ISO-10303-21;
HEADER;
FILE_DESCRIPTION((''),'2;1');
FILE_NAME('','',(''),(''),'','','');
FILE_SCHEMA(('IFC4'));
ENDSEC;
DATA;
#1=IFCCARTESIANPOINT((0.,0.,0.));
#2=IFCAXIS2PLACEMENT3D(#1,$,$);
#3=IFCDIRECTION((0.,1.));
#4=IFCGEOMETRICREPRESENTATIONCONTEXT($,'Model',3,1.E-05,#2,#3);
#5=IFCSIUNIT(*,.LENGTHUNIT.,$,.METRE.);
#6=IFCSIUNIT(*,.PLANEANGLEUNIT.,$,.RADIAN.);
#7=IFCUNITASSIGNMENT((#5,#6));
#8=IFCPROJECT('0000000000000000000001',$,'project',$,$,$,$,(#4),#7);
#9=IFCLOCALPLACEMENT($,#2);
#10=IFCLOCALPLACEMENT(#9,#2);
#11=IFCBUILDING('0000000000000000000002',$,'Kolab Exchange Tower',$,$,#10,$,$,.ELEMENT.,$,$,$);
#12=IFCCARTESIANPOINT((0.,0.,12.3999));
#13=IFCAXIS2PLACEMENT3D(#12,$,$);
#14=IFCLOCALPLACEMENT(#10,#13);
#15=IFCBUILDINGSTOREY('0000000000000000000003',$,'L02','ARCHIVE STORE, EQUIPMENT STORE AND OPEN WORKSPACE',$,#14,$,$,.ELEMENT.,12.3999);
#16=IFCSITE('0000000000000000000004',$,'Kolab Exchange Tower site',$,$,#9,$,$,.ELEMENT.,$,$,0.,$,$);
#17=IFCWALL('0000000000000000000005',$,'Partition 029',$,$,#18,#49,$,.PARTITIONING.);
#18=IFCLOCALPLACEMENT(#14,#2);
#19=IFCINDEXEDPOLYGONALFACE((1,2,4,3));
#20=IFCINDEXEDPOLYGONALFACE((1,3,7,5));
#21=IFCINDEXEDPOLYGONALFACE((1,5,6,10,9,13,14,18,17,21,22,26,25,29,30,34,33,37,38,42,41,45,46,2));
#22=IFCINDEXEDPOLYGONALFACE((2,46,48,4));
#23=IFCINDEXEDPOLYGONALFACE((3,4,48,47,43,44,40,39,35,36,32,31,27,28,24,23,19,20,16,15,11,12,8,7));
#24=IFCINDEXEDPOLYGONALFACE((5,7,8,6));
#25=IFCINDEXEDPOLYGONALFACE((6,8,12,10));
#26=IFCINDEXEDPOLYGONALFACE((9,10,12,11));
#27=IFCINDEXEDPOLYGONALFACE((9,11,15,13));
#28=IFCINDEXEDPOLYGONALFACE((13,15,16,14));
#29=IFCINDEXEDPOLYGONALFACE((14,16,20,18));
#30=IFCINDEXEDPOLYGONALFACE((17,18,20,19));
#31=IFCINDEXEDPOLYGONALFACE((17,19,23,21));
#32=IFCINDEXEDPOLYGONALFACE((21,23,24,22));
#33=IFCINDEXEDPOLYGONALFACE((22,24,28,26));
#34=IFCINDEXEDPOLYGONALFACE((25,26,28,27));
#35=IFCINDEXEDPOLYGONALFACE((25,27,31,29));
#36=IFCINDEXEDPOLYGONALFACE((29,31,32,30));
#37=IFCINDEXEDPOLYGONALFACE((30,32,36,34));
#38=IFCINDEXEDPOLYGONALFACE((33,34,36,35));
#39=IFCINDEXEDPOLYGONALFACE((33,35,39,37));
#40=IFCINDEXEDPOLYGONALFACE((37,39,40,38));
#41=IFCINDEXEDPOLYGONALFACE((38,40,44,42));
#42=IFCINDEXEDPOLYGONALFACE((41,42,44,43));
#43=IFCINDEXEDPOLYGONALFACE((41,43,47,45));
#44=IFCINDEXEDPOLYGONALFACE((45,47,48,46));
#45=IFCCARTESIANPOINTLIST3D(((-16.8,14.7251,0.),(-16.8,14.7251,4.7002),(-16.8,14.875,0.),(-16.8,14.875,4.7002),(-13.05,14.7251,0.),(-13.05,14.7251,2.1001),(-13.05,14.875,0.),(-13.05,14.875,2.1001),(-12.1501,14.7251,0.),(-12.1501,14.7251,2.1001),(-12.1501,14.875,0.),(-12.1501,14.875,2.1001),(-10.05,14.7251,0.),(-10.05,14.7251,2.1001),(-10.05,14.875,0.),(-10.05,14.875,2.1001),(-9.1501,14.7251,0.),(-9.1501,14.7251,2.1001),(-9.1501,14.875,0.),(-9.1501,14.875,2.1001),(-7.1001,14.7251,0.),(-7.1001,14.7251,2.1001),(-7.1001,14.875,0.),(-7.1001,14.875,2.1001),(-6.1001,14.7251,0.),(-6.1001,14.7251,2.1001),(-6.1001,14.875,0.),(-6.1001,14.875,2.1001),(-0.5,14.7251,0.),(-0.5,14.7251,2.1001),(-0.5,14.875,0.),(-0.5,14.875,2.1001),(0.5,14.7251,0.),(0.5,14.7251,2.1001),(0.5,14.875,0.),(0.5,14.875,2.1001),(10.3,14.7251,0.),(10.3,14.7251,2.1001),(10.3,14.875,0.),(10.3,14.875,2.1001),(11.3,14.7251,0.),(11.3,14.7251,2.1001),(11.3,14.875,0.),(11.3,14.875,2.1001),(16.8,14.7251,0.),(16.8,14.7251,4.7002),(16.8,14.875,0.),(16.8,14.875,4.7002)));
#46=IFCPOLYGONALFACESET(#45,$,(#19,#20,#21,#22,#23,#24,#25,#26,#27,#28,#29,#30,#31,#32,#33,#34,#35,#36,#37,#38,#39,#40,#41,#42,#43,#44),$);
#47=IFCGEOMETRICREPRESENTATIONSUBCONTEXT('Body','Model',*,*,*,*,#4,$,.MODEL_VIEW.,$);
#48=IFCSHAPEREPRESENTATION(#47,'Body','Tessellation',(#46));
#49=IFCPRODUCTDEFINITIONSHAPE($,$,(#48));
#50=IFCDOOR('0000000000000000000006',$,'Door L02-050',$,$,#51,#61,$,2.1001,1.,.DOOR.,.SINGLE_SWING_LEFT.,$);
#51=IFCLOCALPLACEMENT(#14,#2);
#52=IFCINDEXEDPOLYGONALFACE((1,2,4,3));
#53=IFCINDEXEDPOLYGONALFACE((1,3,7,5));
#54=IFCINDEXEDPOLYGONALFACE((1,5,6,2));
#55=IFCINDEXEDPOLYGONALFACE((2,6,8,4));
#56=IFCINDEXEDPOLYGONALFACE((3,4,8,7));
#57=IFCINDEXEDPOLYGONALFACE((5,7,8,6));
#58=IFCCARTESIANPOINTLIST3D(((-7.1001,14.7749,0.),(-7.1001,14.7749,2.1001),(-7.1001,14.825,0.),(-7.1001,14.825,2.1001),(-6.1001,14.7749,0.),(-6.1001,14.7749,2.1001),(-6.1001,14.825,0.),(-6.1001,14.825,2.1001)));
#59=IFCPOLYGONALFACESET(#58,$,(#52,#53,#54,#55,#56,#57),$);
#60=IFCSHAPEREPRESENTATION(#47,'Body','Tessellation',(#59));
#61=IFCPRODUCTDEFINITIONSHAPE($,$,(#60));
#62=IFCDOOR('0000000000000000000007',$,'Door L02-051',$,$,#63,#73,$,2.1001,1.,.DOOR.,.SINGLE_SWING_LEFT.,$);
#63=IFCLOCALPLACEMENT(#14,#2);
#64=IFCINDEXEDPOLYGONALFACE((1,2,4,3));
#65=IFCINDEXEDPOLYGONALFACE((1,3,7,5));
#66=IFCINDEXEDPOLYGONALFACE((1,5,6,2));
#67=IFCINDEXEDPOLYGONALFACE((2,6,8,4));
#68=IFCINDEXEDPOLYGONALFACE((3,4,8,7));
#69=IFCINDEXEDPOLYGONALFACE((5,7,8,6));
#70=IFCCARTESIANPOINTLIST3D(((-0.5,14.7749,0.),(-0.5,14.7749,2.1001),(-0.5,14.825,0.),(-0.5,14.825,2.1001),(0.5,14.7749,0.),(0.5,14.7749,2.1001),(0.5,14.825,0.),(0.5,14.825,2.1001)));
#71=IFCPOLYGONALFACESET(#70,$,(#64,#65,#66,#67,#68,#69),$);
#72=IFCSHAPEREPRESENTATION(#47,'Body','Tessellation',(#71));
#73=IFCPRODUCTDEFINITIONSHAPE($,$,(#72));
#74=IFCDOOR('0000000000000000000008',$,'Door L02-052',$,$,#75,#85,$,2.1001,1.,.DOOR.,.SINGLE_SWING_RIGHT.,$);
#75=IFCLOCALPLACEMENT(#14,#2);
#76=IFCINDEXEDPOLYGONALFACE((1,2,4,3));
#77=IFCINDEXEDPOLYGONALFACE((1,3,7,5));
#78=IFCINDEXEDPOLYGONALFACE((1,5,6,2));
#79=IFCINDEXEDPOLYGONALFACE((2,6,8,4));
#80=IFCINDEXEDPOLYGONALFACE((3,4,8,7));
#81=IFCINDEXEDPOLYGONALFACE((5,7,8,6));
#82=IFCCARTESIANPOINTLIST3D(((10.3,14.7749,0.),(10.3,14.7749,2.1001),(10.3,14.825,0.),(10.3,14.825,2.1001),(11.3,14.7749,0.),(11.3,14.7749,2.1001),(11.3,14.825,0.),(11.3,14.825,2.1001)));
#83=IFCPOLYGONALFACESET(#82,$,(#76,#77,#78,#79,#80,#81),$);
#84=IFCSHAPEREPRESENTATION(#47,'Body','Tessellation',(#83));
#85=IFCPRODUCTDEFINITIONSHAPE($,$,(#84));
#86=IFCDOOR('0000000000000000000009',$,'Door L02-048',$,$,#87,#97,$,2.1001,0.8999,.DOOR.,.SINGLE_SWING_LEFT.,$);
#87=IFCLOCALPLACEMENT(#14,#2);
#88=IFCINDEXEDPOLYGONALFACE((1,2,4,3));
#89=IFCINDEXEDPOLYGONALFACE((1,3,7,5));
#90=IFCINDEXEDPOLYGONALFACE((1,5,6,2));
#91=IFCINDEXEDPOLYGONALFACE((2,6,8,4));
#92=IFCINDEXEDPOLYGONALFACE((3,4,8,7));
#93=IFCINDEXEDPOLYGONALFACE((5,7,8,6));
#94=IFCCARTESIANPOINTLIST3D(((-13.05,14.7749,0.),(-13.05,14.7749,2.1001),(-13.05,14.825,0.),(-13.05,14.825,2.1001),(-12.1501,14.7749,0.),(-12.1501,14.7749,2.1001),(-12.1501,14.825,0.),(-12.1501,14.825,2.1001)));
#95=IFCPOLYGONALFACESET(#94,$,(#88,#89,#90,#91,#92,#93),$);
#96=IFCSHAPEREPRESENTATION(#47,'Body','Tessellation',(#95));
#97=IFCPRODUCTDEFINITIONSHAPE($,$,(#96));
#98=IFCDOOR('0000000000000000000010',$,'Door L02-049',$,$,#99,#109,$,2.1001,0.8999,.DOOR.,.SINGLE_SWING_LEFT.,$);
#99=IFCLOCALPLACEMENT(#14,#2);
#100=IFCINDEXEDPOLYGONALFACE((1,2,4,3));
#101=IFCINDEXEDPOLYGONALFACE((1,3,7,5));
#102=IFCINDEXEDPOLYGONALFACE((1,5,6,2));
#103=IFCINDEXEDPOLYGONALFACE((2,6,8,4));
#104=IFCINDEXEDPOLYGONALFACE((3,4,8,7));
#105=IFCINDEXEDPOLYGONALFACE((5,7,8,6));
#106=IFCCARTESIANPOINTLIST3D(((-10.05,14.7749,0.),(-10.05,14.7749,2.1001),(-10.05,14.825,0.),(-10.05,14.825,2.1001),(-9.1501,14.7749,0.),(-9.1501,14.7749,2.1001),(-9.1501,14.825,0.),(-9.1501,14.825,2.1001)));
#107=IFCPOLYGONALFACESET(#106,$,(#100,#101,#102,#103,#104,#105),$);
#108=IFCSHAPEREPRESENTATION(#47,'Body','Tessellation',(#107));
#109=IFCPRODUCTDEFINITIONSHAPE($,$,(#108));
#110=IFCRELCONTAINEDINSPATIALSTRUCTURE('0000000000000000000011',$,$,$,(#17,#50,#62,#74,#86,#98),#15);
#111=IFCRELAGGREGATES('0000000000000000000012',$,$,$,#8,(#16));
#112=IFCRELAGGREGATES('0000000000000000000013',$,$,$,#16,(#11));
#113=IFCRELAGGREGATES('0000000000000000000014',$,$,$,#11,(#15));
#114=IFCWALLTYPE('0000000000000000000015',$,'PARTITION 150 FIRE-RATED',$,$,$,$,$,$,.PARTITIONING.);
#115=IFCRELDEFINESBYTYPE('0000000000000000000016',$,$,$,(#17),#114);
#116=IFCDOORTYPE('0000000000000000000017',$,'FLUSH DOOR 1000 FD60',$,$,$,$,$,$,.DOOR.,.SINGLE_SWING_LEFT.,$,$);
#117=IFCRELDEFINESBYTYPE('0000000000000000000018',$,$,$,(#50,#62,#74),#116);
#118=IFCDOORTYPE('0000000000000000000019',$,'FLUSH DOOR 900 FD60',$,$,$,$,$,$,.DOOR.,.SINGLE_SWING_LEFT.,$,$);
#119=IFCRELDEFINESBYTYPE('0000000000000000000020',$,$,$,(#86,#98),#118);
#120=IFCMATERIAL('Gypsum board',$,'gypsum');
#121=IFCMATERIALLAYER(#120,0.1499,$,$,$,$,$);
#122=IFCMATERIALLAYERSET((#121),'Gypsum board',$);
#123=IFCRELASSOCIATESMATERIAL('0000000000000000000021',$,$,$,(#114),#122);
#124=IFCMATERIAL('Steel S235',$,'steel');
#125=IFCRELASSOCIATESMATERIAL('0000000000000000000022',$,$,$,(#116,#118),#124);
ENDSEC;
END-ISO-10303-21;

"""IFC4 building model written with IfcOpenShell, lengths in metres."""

from ifc_helpers import new_model, si_unit, direction, frame, frame_2d, origin, place, context, subcontext, project, spatial, rectangle, extrude, material, layer, layer_set, type_object, element, fill, save


model = new_model("IFC4")

# Units and contexts
model_context = context("Model", 3, precision=1e-05, world=origin(), true_north=direction((0.0, 1.0)))
body_context = subcontext(model_context, "Body", "Model", "MODEL_VIEW")
ifc_project = project(units=[si_unit("LENGTHUNIT", "METRE"), si_unit("PLANEANGLEUNIT", "RADIAN")], contexts=[model_context])

# Site, building, storey
site_placement = place(None, origin())
site = spatial("IfcSite", under=ifc_project, at=site_placement, Name="Kolab Exchange Tower site", CompositionType="ELEMENT", RefElevation=0.0)
building_placement = place(site_placement, origin())
building = spatial("IfcBuilding", under=site, at=building_placement, Name="Kolab Exchange Tower", CompositionType="ELEMENT")
storey_placement = place(building_placement, frame((0.0, 0.0, 12.3999)))
storey = spatial("IfcBuildingStorey", under=building, at=storey_placement, Name="L02", Description="ARCHIVE STORE, EQUIPMENT STORE AND OPEN WORKSPACE", CompositionType="ELEMENT", Elevation=12.3999)

# Shared definitions
ifc_material_1 = material(Name="Gypsum board", Category="gypsum")

# Wall, openings, doors
ifc_layer_1 = layer(ifc_material_1, 0.1499)
ifc_layer_set_1 = layer_set([ifc_layer_1], Name="Gypsum board")
wall_type_1 = type_object("IfcWallType", Name="PARTITION 150 FIRE-RATED", PredefinedType="PARTITIONING", material=ifc_layer_set_1)
wall_1_placement = place(storey_placement, frame((-16.8, 14.8, 0.0), z_axis=(0.0, 0.0, 1.0), x_axis=(1.0, 0.0, 0.0)))
wall_1 = element("IfcWall", 1, at=wall_1_placement, inside=storey, type_object=wall_type_1, Name="Partition 029", PredefinedType="PARTITIONING", context=body_context, shape_type="SweptSolid", body=[
    extrude(rectangle(XDim=33.6001, YDim=0.1499, at=frame_2d((16.8, 0.0))), origin(), (0.0, 0.0, 1.0), 4.7002),
])
opening_1_placement = place(wall_1_placement, frame((3.75, 0.0, 0.0)))
opening_1 = element("IfcOpeningElement", 2, at=opening_1_placement, cuts=wall_1, PredefinedType="OPENING", context=body_context, shape_type="SweptSolid", body=[
    extrude(rectangle(XDim=0.8999, YDim=2.1001, at=frame_2d((0.45, 1.05))), frame((0.0, 0.085, 0.0), z_axis=(0.0, -1.0, 0.0), x_axis=(1.0, 0.0, 0.0)), (0.0, 0.0, 1.0), 0.1699),
])
opening_2_placement = place(wall_1_placement, frame((6.75, 0.0, 0.0)))
opening_2 = element("IfcOpeningElement", 3, at=opening_2_placement, cuts=wall_1, PredefinedType="OPENING", context=body_context, shape_type="SweptSolid", body=[
    extrude(rectangle(XDim=0.8999, YDim=2.1001, at=frame_2d((0.45, 1.05))), frame((0.0, 0.085, 0.0), z_axis=(0.0, -1.0, 0.0), x_axis=(1.0, 0.0, 0.0)), (0.0, 0.0, 1.0), 0.1699),
])
opening_3_placement = place(wall_1_placement, frame((9.7, 0.0, 0.0)))
opening_3 = element("IfcOpeningElement", 4, at=opening_3_placement, cuts=wall_1, PredefinedType="OPENING", context=body_context, shape_type="SweptSolid", body=[
    extrude(rectangle(XDim=1.0, YDim=2.1001, at=frame_2d((0.5, 1.05))), frame((0.0, 0.085, 0.0), z_axis=(0.0, -1.0, 0.0), x_axis=(1.0, 0.0, 0.0)), (0.0, 0.0, 1.0), 0.1699),
])
opening_4_placement = place(wall_1_placement, frame((16.3, 0.0, 0.0)))
opening_4 = element("IfcOpeningElement", 5, at=opening_4_placement, cuts=wall_1, PredefinedType="OPENING", context=body_context, shape_type="SweptSolid", body=[
    extrude(rectangle(XDim=1.0, YDim=2.1001, at=frame_2d((0.5, 1.05))), frame((0.0, 0.085, 0.0), z_axis=(0.0, -1.0, 0.0), x_axis=(1.0, 0.0, 0.0)), (0.0, 0.0, 1.0), 0.1699),
])
opening_5_placement = place(wall_1_placement, frame((27.1001, 0.0, 0.0)))
opening_5 = element("IfcOpeningElement", 6, at=opening_5_placement, cuts=wall_1, PredefinedType="OPENING", context=body_context, shape_type="SweptSolid", body=[
    extrude(rectangle(XDim=1.0, YDim=2.1001, at=frame_2d((0.5, 1.05))), frame((0.0, 0.085, 0.0), z_axis=(0.0, -1.0, 0.0), x_axis=(1.0, 0.0, 0.0)), (0.0, 0.0, 1.0), 0.1699),
])
ifc_material_2 = material(Name="Steel S235", Category="steel")
door_type_1 = type_object("IfcDoorType", Name="FLUSH DOOR 1000 FD60", OperationType="SINGLE_SWING_LEFT", PredefinedType="DOOR", material=ifc_material_2)
door_1_placement = place(opening_3_placement, origin())
door_1 = element("IfcDoor", 7, at=door_1_placement, inside=storey, type_object=door_type_1, Name="Door L02-050", OperationType="SINGLE_SWING_LEFT", OverallHeight=2.1001, OverallWidth=1.0, PredefinedType="DOOR", context=body_context, shape_type="SweptSolid", body=[
    extrude(rectangle(XDim=1.0, YDim=2.1001, at=frame_2d((0.5, 1.05))), frame((0.0, 0.0249, 0.0), z_axis=(0.0, -1.0, 0.0), x_axis=(1.0, 0.0, 0.0)), (0.0, 0.0, 1.0), 0.05),
])
fill(opening_3, door_1)
door_2_placement = place(opening_4_placement, origin())
door_2 = element("IfcDoor", 8, at=door_2_placement, inside=storey, type_object=door_type_1, Name="Door L02-051", OperationType="SINGLE_SWING_LEFT", OverallHeight=2.1001, OverallWidth=1.0, PredefinedType="DOOR", context=body_context, shape_type="SweptSolid", body=[
    extrude(rectangle(XDim=1.0, YDim=2.1001, at=frame_2d((0.5, 1.05))), frame((0.0, 0.0249, 0.0), z_axis=(0.0, -1.0, 0.0), x_axis=(1.0, 0.0, 0.0)), (0.0, 0.0, 1.0), 0.05),
])
fill(opening_4, door_2)
door_3_placement = place(opening_5_placement, origin())
door_3 = element("IfcDoor", 9, at=door_3_placement, inside=storey, type_object=door_type_1, Name="Door L02-052", OperationType="SINGLE_SWING_RIGHT", OverallHeight=2.1001, OverallWidth=1.0, PredefinedType="DOOR", context=body_context, shape_type="SweptSolid", body=[
    extrude(rectangle(XDim=1.0, YDim=2.1001, at=frame_2d((0.5, 1.05))), frame((0.0, 0.0249, 0.0), z_axis=(0.0, -1.0, 0.0), x_axis=(1.0, 0.0, 0.0)), (0.0, 0.0, 1.0), 0.05),
])
fill(opening_5, door_3)
door_type_2 = type_object("IfcDoorType", Name="FLUSH DOOR 900 FD60", OperationType="SINGLE_SWING_LEFT", PredefinedType="DOOR", material=ifc_material_2)
door_4_placement = place(opening_1_placement, origin())
door_4 = element("IfcDoor", 10, at=door_4_placement, inside=storey, type_object=door_type_2, Name="Door L02-048", OperationType="SINGLE_SWING_LEFT", OverallHeight=2.1001, OverallWidth=0.8999, PredefinedType="DOOR", context=body_context, shape_type="SweptSolid", body=[
    extrude(rectangle(XDim=0.8999, YDim=2.1001, at=frame_2d((0.45, 1.05))), frame((0.0, 0.0249, 0.0), z_axis=(0.0, -1.0, 0.0), x_axis=(1.0, 0.0, 0.0)), (0.0, 0.0, 1.0), 0.05),
])
fill(opening_1, door_4)
door_5_placement = place(opening_2_placement, origin())
door_5 = element("IfcDoor", 11, at=door_5_placement, inside=storey, type_object=door_type_2, Name="Door L02-049", OperationType="SINGLE_SWING_LEFT", OverallHeight=2.1001, OverallWidth=0.8999, PredefinedType="DOOR", context=body_context, shape_type="SweptSolid", body=[
    extrude(rectangle(XDim=0.8999, YDim=2.1001, at=frame_2d((0.45, 1.05))), frame((0.0, 0.0249, 0.0), z_axis=(0.0, -1.0, 0.0), x_axis=(1.0, 0.0, 0.0)), (0.0, 0.0, 1.0), 0.05),
])
fill(opening_2, door_5)

save(model, "model.ifc")
